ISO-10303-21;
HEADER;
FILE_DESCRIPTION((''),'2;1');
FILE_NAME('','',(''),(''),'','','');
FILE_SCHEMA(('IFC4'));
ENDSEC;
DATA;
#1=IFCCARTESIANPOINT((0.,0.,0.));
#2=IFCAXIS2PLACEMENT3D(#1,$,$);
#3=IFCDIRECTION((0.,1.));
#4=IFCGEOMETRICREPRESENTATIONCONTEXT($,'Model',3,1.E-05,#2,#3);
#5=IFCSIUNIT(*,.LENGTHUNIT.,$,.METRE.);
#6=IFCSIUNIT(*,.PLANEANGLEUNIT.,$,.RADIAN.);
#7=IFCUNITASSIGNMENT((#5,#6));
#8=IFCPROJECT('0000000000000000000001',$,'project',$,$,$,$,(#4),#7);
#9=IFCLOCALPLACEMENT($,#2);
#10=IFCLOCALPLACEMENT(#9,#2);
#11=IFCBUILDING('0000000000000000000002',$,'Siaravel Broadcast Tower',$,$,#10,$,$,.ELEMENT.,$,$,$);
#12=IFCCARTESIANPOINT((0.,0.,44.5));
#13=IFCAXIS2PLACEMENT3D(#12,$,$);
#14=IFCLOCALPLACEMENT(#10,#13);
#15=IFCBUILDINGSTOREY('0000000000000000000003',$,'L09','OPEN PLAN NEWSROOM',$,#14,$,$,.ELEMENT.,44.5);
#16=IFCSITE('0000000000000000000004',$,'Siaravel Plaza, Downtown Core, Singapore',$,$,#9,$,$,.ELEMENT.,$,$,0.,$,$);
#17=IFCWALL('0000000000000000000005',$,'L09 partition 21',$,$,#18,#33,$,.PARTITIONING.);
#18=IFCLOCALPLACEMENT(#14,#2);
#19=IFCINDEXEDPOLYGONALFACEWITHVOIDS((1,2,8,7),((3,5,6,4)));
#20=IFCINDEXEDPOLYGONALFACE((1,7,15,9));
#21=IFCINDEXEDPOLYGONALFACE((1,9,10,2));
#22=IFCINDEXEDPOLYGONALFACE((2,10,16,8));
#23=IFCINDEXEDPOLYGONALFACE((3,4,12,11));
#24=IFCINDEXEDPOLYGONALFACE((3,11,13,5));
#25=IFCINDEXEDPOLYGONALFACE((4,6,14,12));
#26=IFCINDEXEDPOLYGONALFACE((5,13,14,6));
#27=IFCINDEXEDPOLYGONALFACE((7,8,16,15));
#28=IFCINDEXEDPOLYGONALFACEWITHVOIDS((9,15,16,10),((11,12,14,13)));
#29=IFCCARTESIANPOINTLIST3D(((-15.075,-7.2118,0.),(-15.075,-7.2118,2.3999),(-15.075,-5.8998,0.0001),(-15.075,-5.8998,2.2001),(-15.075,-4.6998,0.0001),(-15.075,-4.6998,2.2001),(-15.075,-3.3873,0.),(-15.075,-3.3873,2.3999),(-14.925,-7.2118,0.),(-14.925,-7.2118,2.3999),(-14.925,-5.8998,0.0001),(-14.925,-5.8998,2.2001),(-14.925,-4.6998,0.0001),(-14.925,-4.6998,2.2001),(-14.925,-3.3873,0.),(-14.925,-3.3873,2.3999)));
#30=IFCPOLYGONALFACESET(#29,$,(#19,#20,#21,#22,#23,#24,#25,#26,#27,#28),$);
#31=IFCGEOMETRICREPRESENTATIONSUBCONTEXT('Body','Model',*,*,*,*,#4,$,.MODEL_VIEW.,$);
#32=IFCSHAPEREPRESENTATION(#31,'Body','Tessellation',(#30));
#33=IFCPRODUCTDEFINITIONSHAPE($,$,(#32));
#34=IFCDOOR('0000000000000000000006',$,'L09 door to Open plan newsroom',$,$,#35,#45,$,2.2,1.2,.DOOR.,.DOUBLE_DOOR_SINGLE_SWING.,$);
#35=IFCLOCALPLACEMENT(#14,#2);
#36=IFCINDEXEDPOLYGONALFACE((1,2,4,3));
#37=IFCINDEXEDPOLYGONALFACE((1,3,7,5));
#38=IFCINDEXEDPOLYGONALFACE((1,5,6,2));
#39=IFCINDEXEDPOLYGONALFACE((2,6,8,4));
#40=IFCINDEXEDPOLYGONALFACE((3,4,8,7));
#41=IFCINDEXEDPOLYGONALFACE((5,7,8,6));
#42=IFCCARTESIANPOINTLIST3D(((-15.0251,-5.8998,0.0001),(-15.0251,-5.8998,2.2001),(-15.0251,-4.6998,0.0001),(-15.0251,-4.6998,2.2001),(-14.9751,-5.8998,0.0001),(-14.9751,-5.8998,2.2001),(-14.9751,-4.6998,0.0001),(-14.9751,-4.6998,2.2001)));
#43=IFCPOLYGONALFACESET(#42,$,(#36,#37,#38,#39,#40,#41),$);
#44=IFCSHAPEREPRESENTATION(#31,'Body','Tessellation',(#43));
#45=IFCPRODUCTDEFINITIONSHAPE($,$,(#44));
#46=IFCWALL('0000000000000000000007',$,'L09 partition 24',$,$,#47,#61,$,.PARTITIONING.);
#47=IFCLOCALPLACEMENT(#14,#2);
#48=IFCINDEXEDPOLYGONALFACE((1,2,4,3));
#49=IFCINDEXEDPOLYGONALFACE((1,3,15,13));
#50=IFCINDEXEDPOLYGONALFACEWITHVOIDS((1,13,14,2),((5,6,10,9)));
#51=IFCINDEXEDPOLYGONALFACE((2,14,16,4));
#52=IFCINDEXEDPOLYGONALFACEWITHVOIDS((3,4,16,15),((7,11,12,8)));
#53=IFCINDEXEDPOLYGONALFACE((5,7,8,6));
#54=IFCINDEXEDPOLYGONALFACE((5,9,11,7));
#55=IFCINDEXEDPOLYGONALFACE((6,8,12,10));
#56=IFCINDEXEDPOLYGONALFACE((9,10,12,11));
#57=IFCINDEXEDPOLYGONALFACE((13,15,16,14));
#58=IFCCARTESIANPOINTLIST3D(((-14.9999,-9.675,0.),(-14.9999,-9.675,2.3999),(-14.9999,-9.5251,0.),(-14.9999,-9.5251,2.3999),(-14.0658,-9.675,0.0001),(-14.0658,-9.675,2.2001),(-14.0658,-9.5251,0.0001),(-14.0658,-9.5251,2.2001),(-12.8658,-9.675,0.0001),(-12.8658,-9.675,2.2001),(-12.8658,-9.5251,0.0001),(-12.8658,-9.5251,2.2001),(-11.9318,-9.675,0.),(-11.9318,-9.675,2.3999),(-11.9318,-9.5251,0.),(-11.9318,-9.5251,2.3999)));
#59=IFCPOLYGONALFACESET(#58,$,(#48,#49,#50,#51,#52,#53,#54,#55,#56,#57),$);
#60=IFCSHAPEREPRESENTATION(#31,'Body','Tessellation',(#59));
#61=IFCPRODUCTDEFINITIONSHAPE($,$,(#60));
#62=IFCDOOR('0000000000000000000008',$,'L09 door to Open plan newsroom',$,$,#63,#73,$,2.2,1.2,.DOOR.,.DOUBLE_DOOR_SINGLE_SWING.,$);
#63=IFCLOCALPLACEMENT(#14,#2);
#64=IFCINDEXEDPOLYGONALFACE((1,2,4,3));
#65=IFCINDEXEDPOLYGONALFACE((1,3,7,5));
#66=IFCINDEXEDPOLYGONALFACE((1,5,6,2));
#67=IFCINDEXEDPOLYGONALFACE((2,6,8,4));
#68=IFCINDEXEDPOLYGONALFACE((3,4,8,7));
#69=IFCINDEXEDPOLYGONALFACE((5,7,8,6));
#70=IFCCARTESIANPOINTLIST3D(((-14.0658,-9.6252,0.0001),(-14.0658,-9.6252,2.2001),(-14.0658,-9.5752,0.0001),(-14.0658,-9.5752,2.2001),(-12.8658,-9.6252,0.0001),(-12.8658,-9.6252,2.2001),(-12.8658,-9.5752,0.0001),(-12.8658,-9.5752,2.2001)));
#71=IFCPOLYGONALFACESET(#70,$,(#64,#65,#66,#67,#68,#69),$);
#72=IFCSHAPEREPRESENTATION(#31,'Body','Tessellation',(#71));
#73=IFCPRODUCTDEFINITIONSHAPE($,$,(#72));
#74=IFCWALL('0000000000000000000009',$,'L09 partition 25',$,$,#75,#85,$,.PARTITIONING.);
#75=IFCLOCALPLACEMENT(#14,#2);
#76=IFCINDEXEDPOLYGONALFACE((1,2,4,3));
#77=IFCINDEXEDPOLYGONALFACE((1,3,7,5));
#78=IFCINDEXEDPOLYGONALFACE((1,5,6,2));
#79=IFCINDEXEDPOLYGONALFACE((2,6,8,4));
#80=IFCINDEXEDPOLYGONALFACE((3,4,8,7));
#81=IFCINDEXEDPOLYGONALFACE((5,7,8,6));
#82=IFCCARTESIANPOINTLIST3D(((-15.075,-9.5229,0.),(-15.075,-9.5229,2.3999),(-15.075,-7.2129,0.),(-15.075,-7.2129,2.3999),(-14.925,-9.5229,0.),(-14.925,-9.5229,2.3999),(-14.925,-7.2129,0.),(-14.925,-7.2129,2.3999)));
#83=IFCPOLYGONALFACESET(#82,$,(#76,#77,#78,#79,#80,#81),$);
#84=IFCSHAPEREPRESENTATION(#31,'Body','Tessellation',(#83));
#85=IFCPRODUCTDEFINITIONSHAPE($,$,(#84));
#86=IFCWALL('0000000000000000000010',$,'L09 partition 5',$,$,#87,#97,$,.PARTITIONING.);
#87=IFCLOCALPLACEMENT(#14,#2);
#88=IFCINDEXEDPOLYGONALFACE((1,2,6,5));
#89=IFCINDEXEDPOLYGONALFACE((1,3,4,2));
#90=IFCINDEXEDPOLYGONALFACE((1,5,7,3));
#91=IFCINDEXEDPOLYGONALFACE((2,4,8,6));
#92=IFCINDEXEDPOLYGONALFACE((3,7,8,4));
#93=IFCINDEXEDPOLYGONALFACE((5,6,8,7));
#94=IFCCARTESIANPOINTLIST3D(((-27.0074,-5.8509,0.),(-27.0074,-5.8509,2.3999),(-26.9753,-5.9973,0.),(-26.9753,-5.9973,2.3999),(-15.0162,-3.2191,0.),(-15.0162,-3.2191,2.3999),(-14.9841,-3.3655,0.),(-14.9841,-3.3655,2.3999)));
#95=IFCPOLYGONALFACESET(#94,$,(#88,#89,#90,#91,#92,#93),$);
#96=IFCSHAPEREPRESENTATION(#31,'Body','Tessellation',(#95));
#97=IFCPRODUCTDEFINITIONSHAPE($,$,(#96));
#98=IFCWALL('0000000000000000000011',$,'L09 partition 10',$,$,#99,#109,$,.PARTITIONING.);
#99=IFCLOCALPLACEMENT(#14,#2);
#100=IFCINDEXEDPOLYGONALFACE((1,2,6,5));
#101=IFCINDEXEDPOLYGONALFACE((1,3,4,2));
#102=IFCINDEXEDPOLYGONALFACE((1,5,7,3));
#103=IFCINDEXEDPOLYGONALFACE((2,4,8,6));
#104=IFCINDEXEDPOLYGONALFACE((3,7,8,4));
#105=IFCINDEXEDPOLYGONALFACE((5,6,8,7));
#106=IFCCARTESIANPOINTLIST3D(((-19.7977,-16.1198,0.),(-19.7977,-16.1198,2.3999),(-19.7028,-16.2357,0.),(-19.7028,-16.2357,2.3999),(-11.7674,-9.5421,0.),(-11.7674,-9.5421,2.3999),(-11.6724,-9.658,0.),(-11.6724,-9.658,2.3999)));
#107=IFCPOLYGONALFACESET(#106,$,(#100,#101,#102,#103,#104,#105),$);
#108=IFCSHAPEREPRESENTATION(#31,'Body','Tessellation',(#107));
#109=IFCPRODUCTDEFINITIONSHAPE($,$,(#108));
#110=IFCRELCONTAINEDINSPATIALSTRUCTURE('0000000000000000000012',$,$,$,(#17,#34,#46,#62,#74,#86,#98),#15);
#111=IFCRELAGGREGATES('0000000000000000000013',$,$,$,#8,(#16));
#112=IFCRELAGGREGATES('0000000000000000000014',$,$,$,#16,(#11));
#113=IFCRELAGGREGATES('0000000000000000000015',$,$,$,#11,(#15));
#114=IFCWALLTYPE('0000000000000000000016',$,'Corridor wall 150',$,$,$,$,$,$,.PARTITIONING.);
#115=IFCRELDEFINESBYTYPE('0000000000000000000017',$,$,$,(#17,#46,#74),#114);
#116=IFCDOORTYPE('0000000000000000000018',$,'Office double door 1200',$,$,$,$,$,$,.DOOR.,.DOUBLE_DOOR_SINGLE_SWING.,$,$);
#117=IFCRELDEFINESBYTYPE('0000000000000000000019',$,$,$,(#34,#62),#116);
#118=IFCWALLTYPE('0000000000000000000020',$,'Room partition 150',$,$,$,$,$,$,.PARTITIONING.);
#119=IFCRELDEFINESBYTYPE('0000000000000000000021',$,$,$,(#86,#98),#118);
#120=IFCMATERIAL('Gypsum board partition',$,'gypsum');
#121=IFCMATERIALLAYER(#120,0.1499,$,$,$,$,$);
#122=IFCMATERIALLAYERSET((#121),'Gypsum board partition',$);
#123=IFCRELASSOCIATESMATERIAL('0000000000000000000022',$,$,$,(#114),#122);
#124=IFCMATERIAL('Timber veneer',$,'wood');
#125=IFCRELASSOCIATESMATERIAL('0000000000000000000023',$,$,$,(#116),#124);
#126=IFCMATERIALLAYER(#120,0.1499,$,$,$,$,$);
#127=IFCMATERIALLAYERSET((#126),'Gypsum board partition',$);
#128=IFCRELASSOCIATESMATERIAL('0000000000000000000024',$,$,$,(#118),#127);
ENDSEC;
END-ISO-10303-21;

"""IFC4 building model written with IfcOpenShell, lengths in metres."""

from ifc_helpers import new_model, si_unit, direction, frame, frame_2d, origin, place, context, subcontext, project, spatial, rectangle, extrude, material, layer, layer_set, type_object, element, fill, save


model = new_model("IFC4")

# Units and contexts
model_context = context("Model", 3, precision=1e-05, world=origin(), true_north=direction((0.0, 1.0)))
body_context = subcontext(model_context, "Body", "Model", "MODEL_VIEW")
ifc_project = project(units=[si_unit("LENGTHUNIT", "METRE"), si_unit("PLANEANGLEUNIT", "RADIAN")], contexts=[model_context])

# Site, building, storey
site_placement = place(None, origin())
site = spatial("IfcSite", under=ifc_project, at=site_placement, Name="Siaravel Plaza, Downtown Core, Singapore", CompositionType="ELEMENT", RefElevation=0.0)
building_placement = place(site_placement, origin())
building = spatial("IfcBuilding", under=site, at=building_placement, Name="Siaravel Broadcast Tower", CompositionType="ELEMENT")
storey_placement = place(building_placement, frame((0.0, 0.0, 44.5)))
storey = spatial("IfcBuildingStorey", under=building, at=storey_placement, Name="L09", Description="OPEN PLAN NEWSROOM", CompositionType="ELEMENT", Elevation=44.5)

# Walls, openings, doors
ifc_material_1 = material(Name="Gypsum board partition", Category="gypsum")
ifc_layer_1 = layer(ifc_material_1, 0.1499)
ifc_layer_set_1 = layer_set([ifc_layer_1], Name="Gypsum board partition")
wall_type_1 = type_object("IfcWallType", Name="Corridor wall 150", PredefinedType="PARTITIONING", material=ifc_layer_set_1)
wall_1_placement = place(storey_placement, frame((-15.0, -3.3875, 0.0), z_axis=(0.0, 0.0, 1.0), x_axis=(0.0, -1.0, 0.0)))
wall_1 = element("IfcWall", 1, at=wall_1_placement, inside=storey, type_object=wall_type_1, Name="L09 partition 21", PredefinedType="PARTITIONING", context=body_context, shape_type="SweptSolid", body=[
    extrude(rectangle(XDim=3.8245, YDim=0.1499, at=frame_2d((1.9121, 0.0))), origin(), (0.0, 0.0, 1.0), 2.3999),
])
opening_1_placement = place(wall_1_placement, frame((1.3123, 0.0, 0.0)))
opening_1 = element("IfcOpeningElement", 2, at=opening_1_placement, cuts=wall_1, PredefinedType="OPENING", context=body_context, shape_type="SweptSolid", body=[
    extrude(rectangle(XDim=1.2, YDim=2.2, at=frame_2d((0.6001, 1.1001))), frame((0.0, 0.085, 0.0), z_axis=(0.0, -1.0, 0.0), x_axis=(1.0, 0.0, 0.0)), (0.0, 0.0, 1.0), 0.1699),
])
ifc_material_2 = material(Name="Timber veneer", Category="wood")
door_type = type_object("IfcDoorType", Name="Office double door 1200", OperationType="DOUBLE_DOOR_SINGLE_SWING", PredefinedType="DOOR", material=ifc_material_2)
door_1_placement = place(opening_1_placement, origin())
door_1 = element("IfcDoor", 3, at=door_1_placement, inside=storey, type_object=door_type, Name="L09 door to Open plan newsroom", OperationType="DOUBLE_DOOR_SINGLE_SWING", OverallHeight=2.2, OverallWidth=1.2, PredefinedType="DOOR", context=body_context, shape_type="SweptSolid", body=[
    extrude(rectangle(XDim=1.2, YDim=2.2, at=frame_2d((0.6001, 1.1001))), frame((0.0, 0.0249, 0.0), z_axis=(0.0, -1.0, 0.0), x_axis=(1.0, 0.0, 0.0)), (0.0, 0.0, 1.0), 0.05),
])
fill(opening_1, door_1)
wall_2_placement = place(storey_placement, frame((-15.0, -9.6001, 0.0), z_axis=(0.0, 0.0, 1.0), x_axis=(1.0, 0.0, 0.0)))
wall_2 = element("IfcWall", 4, at=wall_2_placement, inside=storey, type_object=wall_type_1, Name="L09 partition 24", PredefinedType="PARTITIONING", context=body_context, shape_type="SweptSolid", body=[
    extrude(rectangle(XDim=3.0681, YDim=0.1499, at=frame_2d((1.5342, 0.0))), origin(), (0.0, 0.0, 1.0), 2.3999),
])
opening_2_placement = place(wall_2_placement, frame((0.9341, 0.0, 0.0)))
opening_2 = element("IfcOpeningElement", 5, at=opening_2_placement, cuts=wall_2, PredefinedType="OPENING", context=body_context, shape_type="SweptSolid", body=[
    extrude(rectangle(XDim=1.2, YDim=2.2, at=frame_2d((0.6001, 1.1001))), frame((0.0, 0.085, 0.0), z_axis=(0.0, -1.0, 0.0), x_axis=(1.0, 0.0, 0.0)), (0.0, 0.0, 1.0), 0.1699),
])
door_2_placement = place(opening_2_placement, origin())
door_2 = element("IfcDoor", 6, at=door_2_placement, inside=storey, type_object=door_type, Name="L09 door to Open plan newsroom", OperationType="DOUBLE_DOOR_SINGLE_SWING", OverallHeight=2.2, OverallWidth=1.2, PredefinedType="DOOR", context=body_context, shape_type="SweptSolid", body=[
    extrude(rectangle(XDim=1.2, YDim=2.2, at=frame_2d((0.6001, 1.1001))), frame((0.0, 0.0249, 0.0), z_axis=(0.0, -1.0, 0.0), x_axis=(1.0, 0.0, 0.0)), (0.0, 0.0, 1.0), 0.05),
])
fill(opening_2, door_2)

# Walls
wall_3_placement = place(storey_placement, frame((-15.0, -7.2129, 0.0), z_axis=(0.0, 0.0, 1.0), x_axis=(0.0, -1.0, 0.0)))
element("IfcWall", 7, at=wall_3_placement, inside=storey, type_object=wall_type_1, Name="L09 partition 25", PredefinedType="PARTITIONING", context=body_context, shape_type="SweptSolid", body=[
    extrude(rectangle(XDim=2.3101, YDim=0.1499, at=frame_2d((1.155, 0.0))), origin(), (0.0, 0.0, 1.0), 2.3999),
])
ifc_layer_2 = layer(ifc_material_1, 0.1499)
ifc_layer_set_2 = layer_set([ifc_layer_2], Name="Gypsum board partition")
wall_type_2 = type_object("IfcWallType", Name="Room partition 150", PredefinedType="PARTITIONING", material=ifc_layer_set_2)
wall_4_placement = place(storey_placement, frame((-26.9912, -5.9241, 0.0), z_axis=(0.0, 0.0, 1.0), x_axis=(0.976751, 0.214378, 0.0)))
element("IfcWall", 8, at=wall_4_placement, inside=storey, type_object=wall_type_2, Name="L09 partition 5", PredefinedType="PARTITIONING", context=body_context, shape_type="SweptSolid", body=[
    extrude(rectangle(XDim=12.2766, YDim=0.1499, at=frame_2d((6.1382, 0.0))), origin(), (0.0, 0.0, 1.0), 2.3999),
])
wall_5_placement = place(storey_placement, frame((-19.7502, -16.1777, 0.0), z_axis=(0.0, 0.0, 1.0), x_axis=(0.773607, 0.633665, 0.0)))
element("IfcWall", 9, at=wall_5_placement, inside=storey, type_object=wall_type_2, Name="L09 partition 10", PredefinedType="PARTITIONING", context=body_context, shape_type="SweptSolid", body=[
    extrude(rectangle(XDim=10.3804, YDim=0.1499, at=frame_2d((5.1902, 0.0))), origin(), (0.0, 0.0, 1.0), 2.3999),
])

save(model, "model.ifc")
